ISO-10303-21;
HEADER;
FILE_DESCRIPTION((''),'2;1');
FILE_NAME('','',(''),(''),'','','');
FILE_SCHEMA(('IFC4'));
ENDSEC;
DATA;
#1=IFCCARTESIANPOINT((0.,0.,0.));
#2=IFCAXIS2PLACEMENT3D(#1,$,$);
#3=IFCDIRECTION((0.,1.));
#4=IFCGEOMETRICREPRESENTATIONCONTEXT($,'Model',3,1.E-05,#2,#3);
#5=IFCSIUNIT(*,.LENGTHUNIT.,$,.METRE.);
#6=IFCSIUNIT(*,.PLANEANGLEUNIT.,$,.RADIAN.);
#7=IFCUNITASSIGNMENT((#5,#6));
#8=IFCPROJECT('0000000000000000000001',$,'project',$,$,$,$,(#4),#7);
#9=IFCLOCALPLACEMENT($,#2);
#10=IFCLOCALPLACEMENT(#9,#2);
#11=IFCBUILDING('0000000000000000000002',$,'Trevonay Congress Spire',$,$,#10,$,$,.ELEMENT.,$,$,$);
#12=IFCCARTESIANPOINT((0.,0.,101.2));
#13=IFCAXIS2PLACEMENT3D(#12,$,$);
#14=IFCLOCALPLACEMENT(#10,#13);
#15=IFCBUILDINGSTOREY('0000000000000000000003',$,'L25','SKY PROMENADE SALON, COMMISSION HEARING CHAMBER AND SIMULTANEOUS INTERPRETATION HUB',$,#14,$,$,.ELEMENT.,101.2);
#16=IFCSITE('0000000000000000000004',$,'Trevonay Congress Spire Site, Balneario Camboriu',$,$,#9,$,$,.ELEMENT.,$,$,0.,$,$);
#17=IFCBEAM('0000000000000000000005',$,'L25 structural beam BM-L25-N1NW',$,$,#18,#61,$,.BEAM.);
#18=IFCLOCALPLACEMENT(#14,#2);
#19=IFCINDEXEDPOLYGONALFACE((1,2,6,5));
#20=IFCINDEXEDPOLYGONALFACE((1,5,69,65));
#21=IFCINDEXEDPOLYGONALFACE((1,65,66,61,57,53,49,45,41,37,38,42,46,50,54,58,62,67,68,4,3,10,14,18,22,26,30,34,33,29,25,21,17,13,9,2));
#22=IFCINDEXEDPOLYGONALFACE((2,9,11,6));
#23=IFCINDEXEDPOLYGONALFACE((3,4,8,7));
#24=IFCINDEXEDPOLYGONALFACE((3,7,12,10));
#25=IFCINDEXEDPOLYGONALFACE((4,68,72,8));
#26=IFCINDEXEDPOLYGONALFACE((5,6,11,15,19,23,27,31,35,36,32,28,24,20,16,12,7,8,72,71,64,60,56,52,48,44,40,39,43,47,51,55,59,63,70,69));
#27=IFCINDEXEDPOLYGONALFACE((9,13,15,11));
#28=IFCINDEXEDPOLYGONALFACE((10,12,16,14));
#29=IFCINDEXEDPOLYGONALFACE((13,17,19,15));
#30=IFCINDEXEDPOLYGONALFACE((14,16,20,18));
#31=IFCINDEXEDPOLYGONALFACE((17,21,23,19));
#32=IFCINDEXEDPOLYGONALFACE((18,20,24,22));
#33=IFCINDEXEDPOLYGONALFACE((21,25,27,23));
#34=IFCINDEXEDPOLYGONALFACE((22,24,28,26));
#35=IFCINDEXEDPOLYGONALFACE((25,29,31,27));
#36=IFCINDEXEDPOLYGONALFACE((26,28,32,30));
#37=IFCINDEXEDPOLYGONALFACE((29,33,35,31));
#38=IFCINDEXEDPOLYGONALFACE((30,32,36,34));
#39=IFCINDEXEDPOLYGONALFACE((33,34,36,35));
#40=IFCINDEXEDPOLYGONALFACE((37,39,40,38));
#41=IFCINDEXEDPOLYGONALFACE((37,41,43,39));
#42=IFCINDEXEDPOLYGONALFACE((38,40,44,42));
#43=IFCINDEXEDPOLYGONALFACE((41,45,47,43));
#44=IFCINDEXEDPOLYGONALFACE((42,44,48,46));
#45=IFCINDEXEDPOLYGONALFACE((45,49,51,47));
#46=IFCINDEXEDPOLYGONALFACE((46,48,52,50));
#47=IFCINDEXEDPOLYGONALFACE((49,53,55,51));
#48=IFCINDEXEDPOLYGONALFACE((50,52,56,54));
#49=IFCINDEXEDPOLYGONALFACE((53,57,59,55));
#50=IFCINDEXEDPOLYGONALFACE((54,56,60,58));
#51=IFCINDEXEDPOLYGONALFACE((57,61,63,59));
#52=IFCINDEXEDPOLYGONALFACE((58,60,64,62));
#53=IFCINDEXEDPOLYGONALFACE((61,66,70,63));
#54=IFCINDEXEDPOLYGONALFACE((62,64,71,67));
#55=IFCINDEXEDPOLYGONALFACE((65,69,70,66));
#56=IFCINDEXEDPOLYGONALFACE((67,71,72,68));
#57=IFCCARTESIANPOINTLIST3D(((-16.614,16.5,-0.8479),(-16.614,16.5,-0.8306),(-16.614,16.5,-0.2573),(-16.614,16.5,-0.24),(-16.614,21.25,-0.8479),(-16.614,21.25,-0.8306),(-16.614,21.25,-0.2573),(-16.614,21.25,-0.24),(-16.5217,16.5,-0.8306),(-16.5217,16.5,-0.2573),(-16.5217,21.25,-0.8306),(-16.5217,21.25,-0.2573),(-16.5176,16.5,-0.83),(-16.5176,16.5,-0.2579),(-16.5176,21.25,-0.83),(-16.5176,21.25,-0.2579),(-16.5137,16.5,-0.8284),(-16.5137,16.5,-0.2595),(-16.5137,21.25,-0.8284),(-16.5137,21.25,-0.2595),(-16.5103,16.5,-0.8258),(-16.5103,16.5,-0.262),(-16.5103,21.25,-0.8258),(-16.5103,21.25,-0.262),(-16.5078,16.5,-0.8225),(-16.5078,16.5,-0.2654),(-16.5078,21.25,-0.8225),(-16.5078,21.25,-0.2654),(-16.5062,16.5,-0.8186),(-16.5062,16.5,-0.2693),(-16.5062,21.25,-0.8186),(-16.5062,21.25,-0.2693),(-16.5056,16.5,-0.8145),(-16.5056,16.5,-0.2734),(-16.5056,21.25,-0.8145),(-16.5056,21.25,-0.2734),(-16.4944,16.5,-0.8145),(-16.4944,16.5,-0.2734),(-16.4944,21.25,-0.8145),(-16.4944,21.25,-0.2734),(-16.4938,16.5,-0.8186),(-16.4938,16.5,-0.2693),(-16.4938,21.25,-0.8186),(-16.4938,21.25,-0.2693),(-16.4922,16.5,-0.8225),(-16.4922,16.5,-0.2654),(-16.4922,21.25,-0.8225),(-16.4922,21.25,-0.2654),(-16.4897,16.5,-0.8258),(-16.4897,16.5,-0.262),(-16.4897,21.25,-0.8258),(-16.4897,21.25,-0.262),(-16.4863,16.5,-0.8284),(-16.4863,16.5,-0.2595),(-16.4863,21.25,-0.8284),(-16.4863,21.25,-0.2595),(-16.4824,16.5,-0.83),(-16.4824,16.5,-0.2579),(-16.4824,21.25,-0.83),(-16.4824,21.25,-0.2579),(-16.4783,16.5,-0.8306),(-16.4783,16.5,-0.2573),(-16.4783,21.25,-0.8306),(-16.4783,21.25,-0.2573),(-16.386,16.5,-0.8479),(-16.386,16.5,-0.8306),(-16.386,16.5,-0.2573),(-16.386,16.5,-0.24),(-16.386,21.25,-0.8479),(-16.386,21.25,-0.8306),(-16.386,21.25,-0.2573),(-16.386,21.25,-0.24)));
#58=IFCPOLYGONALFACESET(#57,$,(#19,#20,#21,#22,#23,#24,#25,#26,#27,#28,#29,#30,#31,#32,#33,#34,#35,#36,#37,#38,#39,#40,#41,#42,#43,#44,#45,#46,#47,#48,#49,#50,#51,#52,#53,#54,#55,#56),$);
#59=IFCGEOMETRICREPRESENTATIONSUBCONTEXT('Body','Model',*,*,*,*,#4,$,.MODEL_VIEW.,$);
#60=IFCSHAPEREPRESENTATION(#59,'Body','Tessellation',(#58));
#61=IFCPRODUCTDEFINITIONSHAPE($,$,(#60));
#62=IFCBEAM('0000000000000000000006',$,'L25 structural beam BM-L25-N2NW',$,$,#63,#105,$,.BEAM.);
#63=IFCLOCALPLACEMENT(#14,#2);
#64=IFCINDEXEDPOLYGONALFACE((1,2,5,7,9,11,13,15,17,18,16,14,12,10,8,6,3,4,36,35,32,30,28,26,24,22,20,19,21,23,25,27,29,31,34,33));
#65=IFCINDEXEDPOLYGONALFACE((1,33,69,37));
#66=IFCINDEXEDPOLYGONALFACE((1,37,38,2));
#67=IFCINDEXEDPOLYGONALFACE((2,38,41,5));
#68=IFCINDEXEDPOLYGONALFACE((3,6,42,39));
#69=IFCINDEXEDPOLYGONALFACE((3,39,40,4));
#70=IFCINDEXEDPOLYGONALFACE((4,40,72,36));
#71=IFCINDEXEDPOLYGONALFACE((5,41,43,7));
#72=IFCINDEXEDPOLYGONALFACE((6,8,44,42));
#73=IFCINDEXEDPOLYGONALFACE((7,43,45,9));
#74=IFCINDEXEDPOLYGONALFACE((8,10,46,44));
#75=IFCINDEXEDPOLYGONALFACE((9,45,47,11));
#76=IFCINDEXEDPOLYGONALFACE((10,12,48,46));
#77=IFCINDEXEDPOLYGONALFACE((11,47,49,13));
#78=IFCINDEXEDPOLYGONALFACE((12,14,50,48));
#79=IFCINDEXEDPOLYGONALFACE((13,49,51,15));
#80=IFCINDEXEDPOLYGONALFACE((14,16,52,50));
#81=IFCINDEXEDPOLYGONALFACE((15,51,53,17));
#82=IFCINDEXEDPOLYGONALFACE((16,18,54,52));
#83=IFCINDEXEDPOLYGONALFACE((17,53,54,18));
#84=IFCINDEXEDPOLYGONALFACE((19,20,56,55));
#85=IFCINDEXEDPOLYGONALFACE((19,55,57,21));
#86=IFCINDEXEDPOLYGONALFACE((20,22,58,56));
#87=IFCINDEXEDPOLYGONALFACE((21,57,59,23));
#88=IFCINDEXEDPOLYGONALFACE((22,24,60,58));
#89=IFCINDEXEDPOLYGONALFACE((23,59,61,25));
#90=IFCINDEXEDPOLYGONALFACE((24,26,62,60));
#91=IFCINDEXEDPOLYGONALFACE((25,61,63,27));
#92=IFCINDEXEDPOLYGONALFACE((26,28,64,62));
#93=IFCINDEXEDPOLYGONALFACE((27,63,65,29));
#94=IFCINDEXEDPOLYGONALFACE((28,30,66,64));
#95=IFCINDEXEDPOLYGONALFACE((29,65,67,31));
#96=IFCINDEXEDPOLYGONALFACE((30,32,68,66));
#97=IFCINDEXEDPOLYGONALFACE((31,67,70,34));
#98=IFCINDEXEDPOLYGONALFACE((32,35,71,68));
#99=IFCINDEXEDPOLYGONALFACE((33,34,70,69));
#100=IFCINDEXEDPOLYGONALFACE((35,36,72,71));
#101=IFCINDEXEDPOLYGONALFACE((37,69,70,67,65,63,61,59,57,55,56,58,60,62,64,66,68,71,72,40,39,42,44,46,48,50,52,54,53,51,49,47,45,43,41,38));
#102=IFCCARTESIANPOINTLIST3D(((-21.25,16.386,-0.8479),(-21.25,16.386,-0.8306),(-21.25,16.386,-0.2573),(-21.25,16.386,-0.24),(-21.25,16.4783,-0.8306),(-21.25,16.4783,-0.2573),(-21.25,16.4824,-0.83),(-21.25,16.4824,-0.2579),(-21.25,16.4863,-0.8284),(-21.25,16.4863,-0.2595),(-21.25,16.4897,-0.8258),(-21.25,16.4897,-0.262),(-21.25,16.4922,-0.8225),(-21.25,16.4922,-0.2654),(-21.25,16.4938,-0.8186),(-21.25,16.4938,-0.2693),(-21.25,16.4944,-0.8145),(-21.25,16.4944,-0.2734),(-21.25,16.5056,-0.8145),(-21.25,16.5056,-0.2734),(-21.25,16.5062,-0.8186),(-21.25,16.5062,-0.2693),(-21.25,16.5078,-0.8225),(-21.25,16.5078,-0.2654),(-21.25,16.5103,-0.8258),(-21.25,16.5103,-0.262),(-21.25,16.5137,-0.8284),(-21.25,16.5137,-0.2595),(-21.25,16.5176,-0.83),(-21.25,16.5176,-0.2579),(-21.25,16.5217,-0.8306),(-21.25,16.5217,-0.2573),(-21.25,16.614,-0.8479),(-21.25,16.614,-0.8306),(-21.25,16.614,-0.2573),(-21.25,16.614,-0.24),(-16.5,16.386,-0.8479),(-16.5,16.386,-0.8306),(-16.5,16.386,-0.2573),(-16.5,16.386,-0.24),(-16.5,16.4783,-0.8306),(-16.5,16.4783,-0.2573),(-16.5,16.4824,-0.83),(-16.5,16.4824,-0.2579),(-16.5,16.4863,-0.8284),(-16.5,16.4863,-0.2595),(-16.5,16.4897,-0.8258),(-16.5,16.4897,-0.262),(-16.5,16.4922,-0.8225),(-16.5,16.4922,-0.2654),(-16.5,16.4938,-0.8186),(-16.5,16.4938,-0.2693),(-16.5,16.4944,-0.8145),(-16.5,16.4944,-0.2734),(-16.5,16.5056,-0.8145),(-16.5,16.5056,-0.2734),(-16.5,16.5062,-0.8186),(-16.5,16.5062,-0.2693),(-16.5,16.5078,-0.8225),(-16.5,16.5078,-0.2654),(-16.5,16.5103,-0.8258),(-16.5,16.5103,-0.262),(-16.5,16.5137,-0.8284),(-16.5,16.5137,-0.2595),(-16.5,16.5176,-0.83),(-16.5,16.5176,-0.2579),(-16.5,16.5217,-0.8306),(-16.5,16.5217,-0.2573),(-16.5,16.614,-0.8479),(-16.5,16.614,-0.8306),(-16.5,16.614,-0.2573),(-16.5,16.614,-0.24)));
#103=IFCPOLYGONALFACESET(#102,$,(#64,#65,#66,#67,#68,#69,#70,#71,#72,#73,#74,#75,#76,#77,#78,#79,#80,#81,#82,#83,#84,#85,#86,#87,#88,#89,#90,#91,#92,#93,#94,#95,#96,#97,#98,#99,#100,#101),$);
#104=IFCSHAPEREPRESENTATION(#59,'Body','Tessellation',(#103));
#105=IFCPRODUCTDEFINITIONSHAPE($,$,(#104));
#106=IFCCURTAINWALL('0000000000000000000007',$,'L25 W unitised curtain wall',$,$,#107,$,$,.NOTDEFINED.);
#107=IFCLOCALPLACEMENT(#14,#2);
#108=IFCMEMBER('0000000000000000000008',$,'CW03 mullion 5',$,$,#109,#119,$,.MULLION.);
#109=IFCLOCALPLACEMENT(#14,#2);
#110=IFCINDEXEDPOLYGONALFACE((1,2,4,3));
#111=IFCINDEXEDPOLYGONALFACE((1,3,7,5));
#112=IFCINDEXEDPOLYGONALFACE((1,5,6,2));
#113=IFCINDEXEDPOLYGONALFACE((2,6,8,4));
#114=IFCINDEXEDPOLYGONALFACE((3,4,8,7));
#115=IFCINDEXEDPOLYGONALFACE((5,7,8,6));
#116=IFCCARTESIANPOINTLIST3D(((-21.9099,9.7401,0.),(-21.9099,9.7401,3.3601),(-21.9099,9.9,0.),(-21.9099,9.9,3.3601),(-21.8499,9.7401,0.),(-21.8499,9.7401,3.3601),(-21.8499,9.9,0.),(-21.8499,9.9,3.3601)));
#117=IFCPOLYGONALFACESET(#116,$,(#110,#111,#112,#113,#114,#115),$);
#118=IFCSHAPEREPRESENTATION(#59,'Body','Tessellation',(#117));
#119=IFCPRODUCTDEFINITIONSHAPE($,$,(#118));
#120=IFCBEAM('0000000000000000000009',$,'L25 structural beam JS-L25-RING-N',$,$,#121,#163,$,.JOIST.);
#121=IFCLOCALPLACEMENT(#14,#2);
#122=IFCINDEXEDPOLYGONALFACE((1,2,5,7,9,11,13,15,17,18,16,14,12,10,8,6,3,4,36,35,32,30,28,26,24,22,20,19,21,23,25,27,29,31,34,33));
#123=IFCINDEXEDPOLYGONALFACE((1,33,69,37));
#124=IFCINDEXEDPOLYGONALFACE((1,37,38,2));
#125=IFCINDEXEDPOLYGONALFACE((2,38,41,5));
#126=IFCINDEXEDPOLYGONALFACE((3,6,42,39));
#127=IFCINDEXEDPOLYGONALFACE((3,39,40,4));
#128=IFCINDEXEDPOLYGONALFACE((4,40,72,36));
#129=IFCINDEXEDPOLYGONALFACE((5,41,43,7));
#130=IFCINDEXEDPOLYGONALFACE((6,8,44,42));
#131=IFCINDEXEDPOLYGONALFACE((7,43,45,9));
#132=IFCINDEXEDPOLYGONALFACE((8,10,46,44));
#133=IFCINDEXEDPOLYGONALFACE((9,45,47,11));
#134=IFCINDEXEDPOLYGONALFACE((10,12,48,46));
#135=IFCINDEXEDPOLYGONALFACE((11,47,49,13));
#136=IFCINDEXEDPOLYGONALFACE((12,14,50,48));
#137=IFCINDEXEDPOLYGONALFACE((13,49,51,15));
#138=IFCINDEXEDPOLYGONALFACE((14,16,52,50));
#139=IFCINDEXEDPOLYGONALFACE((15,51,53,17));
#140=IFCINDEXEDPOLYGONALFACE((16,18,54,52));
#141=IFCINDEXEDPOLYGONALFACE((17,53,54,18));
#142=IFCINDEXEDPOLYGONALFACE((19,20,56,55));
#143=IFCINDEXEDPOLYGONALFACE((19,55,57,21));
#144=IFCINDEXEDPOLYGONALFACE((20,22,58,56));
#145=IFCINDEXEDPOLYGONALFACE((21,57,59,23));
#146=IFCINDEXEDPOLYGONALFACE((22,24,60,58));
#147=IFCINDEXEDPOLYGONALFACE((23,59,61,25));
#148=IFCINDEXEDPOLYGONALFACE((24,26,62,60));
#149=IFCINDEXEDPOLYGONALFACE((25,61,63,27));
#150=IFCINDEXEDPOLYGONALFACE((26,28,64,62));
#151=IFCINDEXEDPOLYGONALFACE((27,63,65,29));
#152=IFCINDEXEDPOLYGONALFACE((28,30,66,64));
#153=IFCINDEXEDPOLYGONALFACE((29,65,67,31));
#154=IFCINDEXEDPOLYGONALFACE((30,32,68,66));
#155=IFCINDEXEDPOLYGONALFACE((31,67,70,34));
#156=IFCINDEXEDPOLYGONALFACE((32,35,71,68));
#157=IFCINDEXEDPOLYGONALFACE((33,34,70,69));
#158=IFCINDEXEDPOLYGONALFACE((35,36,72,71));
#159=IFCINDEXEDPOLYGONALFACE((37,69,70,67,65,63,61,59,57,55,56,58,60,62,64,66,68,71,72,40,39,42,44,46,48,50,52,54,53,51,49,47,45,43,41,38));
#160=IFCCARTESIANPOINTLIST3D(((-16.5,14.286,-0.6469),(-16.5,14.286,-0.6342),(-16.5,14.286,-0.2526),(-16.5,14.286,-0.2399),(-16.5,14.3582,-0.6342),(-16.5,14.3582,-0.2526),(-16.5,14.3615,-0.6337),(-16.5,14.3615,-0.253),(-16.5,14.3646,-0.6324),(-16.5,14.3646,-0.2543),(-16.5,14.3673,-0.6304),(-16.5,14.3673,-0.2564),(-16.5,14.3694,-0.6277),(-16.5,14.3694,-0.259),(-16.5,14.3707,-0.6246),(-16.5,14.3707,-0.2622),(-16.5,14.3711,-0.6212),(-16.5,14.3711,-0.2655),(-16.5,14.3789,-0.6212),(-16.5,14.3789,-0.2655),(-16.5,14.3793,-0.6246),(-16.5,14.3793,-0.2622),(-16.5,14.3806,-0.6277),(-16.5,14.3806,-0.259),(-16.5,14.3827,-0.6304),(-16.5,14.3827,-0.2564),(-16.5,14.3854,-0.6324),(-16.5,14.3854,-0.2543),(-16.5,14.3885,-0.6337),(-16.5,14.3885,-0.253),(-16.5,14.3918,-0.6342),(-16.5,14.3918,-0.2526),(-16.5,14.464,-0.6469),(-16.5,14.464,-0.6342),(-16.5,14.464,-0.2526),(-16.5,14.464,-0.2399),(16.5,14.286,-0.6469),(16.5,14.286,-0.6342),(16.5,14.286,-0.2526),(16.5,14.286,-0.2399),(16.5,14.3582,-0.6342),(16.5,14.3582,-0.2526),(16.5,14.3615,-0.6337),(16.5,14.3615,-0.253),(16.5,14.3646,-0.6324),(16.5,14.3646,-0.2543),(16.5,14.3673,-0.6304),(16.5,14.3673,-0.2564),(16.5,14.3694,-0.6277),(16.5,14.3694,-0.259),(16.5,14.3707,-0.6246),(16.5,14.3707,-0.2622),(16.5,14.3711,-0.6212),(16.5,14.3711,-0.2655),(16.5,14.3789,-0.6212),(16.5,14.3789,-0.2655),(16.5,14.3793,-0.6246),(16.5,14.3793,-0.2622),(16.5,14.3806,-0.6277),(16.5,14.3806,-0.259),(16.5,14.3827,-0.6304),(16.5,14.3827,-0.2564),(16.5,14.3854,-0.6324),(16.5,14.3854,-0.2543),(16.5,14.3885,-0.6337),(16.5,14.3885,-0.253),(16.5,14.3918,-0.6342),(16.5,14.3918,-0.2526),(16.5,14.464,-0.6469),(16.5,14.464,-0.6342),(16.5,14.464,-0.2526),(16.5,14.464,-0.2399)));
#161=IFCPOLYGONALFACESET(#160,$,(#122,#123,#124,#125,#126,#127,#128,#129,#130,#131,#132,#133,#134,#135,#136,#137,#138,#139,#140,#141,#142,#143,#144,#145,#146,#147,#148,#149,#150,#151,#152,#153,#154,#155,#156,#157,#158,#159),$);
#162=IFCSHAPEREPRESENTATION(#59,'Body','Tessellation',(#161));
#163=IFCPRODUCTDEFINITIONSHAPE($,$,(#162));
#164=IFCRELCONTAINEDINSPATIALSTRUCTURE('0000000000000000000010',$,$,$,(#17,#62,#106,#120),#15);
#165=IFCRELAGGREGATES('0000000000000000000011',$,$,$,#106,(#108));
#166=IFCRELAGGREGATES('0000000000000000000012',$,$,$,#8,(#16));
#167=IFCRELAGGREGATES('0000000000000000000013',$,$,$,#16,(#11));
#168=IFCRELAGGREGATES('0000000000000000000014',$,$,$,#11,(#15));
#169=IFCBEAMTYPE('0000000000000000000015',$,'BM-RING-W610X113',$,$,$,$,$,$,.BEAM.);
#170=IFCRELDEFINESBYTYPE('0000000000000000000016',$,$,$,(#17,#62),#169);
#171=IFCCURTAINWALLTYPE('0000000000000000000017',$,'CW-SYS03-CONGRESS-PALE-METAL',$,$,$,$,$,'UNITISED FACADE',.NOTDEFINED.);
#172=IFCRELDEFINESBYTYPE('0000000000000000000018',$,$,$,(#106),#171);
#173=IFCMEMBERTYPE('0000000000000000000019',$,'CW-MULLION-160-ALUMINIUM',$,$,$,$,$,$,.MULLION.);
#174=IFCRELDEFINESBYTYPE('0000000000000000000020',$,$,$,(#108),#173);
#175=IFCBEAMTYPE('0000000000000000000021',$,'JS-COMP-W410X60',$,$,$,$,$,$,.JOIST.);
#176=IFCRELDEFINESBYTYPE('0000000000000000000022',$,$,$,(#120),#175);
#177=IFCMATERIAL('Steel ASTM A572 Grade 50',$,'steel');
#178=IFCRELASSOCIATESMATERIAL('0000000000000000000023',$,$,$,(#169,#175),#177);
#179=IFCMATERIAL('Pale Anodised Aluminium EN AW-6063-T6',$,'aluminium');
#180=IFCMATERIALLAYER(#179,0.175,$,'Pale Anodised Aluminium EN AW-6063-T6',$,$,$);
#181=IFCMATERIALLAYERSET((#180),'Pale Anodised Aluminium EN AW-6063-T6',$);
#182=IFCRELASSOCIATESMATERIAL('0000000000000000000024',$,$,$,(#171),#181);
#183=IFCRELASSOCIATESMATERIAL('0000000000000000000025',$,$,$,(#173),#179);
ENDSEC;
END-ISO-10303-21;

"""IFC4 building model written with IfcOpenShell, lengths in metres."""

from ifc_helpers import new_model, si_unit, direction, frame, origin, origin_2d, place, context, subcontext, project, spatial, rectangle, i_section, extrude, material, layer, layer_set, material_profile, profile_set, type_object, element, aggregate, save


model = new_model("IFC4")

# Units and contexts
model_context = context("Model", 3, precision=1e-05, world=origin(), true_north=direction((0.0, 1.0)))
body_context = subcontext(model_context, "Body", "Model", "MODEL_VIEW")
ifc_project = project(units=[si_unit("LENGTHUNIT", "METRE"), si_unit("PLANEANGLEUNIT", "RADIAN")], contexts=[model_context])

# Site, building, storey
site_placement = place(None, origin())
site = spatial("IfcSite", under=ifc_project, at=site_placement, Name="Trevonay Congress Spire Site, Balneario Camboriu", CompositionType="ELEMENT", RefElevation=0.0)
building_placement = place(site_placement, origin())
building = spatial("IfcBuilding", under=site, at=building_placement, Name="Trevonay Congress Spire", CompositionType="ELEMENT")
storey_placement = place(building_placement, frame((0.0, 0.0, 101.2)))
storey = spatial("IfcBuildingStorey", under=building, at=storey_placement, Name="L25", Description="SKY PROMENADE SALON, COMMISSION HEARING CHAMBER AND SIMULTANEOUS INTERPRETATION HUB", CompositionType="ELEMENT", Elevation=101.2)

# Shared definitions
ifc_material_1 = material(Name="Steel ASTM A572 Grade 50", Category="steel")

# Beams
ifc_material_profile_1 = material_profile(ifc_material_1, i_section(OverallWidth=0.228, OverallDepth=0.6079, WebThickness=0.0112, FlangeThickness=0.0173, FilletRadius=0.0161, at=origin_2d()), Name="W610x113")
ifc_profile_set_1 = profile_set([ifc_material_profile_1], Name="Steel ASTM A572 Grade 50")
beam_type_1 = type_object("IfcBeamType", Name="BM-RING-W610X113", PredefinedType="BEAM", material=ifc_profile_set_1)
for number, where, z_axis, x_axis, name in (
    (1, (-16.5, 21.25, -0.5439), (0.0, -1.0, 0.0), (1.0, 0.0, 0.0), "L25 structural beam BM-L25-N1NW"),
    (2, (-21.25, 16.5, -0.5439), (1.0, 0.0, 0.0), (0.0, 1.0, 0.0), "L25 structural beam BM-L25-N2NW"),
):
    element("IfcBeam", number, at=place(storey_placement, frame(where, z_axis=z_axis, x_axis=x_axis)), inside=storey, type_object=beam_type_1, Name=name, PredefinedType="BEAM", context=body_context, shape_type="SweptSolid", body=[
        extrude(i_section(OverallWidth=0.228, OverallDepth=0.6079, WebThickness=0.0112, FlangeThickness=0.0173, FilletRadius=0.0161, at=origin_2d()), origin(), (0.0, 0.0, 1.0), 4.75),
    ])

# Curtain wall, member
ifc_material_2 = material(Name="Pale Anodised Aluminium EN AW-6063-T6", Category="aluminium")
ifc_layer_1 = layer(ifc_material_2, 0.175, Name="Pale Anodised Aluminium EN AW-6063-T6")
ifc_layer_set_1 = layer_set([ifc_layer_1], Name="Pale Anodised Aluminium EN AW-6063-T6")
curtain_wall_type = type_object("IfcCurtainWallType", Name="CW-SYS03-CONGRESS-PALE-METAL", ElementType="UNITISED FACADE", PredefinedType="NOTDEFINED", material=ifc_layer_set_1)
curtain_wall_placement = place(storey_placement, origin())
curtain_wall = element("IfcCurtainWall", 3, at=curtain_wall_placement, inside=storey, type_object=curtain_wall_type, Name="L25 W unitised curtain wall", PredefinedType="NOTDEFINED")
ifc_material_profile_2 = material_profile(ifc_material_2, rectangle(XDim=0.0601, YDim=0.1599, at=origin_2d()), Name="CW-MULLION-160-ALUMINIUM")
ifc_profile_set_2 = profile_set([ifc_material_profile_2], Name="Pale Anodised Aluminium EN AW-6063-T6")
member_type_1 = type_object("IfcMemberType", Name="CW-MULLION-160-ALUMINIUM", PredefinedType="MULLION", material=ifc_profile_set_2)
member_placement = place(storey_placement, frame((-21.8799, 9.8201, 0.0), z_axis=(0.0, 0.0, 1.0), x_axis=(-1.0, 0.0, 0.0)))
member = element("IfcMember", 4, at=member_placement, type_object=member_type_1, Name="CW03 mullion 5", PredefinedType="MULLION", context=body_context, shape_type="SweptSolid", body=[
    extrude(rectangle(XDim=0.0601, YDim=0.1599, at=origin_2d()), origin(), (0.0, 0.0, 1.0), 3.3601),
])
aggregate(curtain_wall, [member])

# Beam
ifc_material_profile_3 = material_profile(ifc_material_1, i_section(OverallWidth=0.178, OverallDepth=0.407, WebThickness=0.0078, FlangeThickness=0.0127, FilletRadius=0.0129, at=origin_2d()), Name="W410x60")
ifc_profile_set_3 = profile_set([ifc_material_profile_3], Name="Steel ASTM A572 Grade 50")
beam_type_2 = type_object("IfcBeamType", Name="JS-COMP-W410X60", PredefinedType="JOIST", material=ifc_profile_set_3)
beam_placement = place(storey_placement, frame((-16.5, 14.375, -0.4434), z_axis=(1.0, 0.0, 0.0), x_axis=(0.0, 1.0, 0.0)))
element("IfcBeam", 5, at=beam_placement, inside=storey, type_object=beam_type_2, Name="L25 structural beam JS-L25-RING-N", PredefinedType="JOIST", context=body_context, shape_type="SweptSolid", body=[
    extrude(i_section(OverallWidth=0.178, OverallDepth=0.407, WebThickness=0.0078, FlangeThickness=0.0127, FilletRadius=0.0129, at=origin_2d()), origin(), (0.0, 0.0, 1.0), 33.0),
])

save(model, "model.ifc")
